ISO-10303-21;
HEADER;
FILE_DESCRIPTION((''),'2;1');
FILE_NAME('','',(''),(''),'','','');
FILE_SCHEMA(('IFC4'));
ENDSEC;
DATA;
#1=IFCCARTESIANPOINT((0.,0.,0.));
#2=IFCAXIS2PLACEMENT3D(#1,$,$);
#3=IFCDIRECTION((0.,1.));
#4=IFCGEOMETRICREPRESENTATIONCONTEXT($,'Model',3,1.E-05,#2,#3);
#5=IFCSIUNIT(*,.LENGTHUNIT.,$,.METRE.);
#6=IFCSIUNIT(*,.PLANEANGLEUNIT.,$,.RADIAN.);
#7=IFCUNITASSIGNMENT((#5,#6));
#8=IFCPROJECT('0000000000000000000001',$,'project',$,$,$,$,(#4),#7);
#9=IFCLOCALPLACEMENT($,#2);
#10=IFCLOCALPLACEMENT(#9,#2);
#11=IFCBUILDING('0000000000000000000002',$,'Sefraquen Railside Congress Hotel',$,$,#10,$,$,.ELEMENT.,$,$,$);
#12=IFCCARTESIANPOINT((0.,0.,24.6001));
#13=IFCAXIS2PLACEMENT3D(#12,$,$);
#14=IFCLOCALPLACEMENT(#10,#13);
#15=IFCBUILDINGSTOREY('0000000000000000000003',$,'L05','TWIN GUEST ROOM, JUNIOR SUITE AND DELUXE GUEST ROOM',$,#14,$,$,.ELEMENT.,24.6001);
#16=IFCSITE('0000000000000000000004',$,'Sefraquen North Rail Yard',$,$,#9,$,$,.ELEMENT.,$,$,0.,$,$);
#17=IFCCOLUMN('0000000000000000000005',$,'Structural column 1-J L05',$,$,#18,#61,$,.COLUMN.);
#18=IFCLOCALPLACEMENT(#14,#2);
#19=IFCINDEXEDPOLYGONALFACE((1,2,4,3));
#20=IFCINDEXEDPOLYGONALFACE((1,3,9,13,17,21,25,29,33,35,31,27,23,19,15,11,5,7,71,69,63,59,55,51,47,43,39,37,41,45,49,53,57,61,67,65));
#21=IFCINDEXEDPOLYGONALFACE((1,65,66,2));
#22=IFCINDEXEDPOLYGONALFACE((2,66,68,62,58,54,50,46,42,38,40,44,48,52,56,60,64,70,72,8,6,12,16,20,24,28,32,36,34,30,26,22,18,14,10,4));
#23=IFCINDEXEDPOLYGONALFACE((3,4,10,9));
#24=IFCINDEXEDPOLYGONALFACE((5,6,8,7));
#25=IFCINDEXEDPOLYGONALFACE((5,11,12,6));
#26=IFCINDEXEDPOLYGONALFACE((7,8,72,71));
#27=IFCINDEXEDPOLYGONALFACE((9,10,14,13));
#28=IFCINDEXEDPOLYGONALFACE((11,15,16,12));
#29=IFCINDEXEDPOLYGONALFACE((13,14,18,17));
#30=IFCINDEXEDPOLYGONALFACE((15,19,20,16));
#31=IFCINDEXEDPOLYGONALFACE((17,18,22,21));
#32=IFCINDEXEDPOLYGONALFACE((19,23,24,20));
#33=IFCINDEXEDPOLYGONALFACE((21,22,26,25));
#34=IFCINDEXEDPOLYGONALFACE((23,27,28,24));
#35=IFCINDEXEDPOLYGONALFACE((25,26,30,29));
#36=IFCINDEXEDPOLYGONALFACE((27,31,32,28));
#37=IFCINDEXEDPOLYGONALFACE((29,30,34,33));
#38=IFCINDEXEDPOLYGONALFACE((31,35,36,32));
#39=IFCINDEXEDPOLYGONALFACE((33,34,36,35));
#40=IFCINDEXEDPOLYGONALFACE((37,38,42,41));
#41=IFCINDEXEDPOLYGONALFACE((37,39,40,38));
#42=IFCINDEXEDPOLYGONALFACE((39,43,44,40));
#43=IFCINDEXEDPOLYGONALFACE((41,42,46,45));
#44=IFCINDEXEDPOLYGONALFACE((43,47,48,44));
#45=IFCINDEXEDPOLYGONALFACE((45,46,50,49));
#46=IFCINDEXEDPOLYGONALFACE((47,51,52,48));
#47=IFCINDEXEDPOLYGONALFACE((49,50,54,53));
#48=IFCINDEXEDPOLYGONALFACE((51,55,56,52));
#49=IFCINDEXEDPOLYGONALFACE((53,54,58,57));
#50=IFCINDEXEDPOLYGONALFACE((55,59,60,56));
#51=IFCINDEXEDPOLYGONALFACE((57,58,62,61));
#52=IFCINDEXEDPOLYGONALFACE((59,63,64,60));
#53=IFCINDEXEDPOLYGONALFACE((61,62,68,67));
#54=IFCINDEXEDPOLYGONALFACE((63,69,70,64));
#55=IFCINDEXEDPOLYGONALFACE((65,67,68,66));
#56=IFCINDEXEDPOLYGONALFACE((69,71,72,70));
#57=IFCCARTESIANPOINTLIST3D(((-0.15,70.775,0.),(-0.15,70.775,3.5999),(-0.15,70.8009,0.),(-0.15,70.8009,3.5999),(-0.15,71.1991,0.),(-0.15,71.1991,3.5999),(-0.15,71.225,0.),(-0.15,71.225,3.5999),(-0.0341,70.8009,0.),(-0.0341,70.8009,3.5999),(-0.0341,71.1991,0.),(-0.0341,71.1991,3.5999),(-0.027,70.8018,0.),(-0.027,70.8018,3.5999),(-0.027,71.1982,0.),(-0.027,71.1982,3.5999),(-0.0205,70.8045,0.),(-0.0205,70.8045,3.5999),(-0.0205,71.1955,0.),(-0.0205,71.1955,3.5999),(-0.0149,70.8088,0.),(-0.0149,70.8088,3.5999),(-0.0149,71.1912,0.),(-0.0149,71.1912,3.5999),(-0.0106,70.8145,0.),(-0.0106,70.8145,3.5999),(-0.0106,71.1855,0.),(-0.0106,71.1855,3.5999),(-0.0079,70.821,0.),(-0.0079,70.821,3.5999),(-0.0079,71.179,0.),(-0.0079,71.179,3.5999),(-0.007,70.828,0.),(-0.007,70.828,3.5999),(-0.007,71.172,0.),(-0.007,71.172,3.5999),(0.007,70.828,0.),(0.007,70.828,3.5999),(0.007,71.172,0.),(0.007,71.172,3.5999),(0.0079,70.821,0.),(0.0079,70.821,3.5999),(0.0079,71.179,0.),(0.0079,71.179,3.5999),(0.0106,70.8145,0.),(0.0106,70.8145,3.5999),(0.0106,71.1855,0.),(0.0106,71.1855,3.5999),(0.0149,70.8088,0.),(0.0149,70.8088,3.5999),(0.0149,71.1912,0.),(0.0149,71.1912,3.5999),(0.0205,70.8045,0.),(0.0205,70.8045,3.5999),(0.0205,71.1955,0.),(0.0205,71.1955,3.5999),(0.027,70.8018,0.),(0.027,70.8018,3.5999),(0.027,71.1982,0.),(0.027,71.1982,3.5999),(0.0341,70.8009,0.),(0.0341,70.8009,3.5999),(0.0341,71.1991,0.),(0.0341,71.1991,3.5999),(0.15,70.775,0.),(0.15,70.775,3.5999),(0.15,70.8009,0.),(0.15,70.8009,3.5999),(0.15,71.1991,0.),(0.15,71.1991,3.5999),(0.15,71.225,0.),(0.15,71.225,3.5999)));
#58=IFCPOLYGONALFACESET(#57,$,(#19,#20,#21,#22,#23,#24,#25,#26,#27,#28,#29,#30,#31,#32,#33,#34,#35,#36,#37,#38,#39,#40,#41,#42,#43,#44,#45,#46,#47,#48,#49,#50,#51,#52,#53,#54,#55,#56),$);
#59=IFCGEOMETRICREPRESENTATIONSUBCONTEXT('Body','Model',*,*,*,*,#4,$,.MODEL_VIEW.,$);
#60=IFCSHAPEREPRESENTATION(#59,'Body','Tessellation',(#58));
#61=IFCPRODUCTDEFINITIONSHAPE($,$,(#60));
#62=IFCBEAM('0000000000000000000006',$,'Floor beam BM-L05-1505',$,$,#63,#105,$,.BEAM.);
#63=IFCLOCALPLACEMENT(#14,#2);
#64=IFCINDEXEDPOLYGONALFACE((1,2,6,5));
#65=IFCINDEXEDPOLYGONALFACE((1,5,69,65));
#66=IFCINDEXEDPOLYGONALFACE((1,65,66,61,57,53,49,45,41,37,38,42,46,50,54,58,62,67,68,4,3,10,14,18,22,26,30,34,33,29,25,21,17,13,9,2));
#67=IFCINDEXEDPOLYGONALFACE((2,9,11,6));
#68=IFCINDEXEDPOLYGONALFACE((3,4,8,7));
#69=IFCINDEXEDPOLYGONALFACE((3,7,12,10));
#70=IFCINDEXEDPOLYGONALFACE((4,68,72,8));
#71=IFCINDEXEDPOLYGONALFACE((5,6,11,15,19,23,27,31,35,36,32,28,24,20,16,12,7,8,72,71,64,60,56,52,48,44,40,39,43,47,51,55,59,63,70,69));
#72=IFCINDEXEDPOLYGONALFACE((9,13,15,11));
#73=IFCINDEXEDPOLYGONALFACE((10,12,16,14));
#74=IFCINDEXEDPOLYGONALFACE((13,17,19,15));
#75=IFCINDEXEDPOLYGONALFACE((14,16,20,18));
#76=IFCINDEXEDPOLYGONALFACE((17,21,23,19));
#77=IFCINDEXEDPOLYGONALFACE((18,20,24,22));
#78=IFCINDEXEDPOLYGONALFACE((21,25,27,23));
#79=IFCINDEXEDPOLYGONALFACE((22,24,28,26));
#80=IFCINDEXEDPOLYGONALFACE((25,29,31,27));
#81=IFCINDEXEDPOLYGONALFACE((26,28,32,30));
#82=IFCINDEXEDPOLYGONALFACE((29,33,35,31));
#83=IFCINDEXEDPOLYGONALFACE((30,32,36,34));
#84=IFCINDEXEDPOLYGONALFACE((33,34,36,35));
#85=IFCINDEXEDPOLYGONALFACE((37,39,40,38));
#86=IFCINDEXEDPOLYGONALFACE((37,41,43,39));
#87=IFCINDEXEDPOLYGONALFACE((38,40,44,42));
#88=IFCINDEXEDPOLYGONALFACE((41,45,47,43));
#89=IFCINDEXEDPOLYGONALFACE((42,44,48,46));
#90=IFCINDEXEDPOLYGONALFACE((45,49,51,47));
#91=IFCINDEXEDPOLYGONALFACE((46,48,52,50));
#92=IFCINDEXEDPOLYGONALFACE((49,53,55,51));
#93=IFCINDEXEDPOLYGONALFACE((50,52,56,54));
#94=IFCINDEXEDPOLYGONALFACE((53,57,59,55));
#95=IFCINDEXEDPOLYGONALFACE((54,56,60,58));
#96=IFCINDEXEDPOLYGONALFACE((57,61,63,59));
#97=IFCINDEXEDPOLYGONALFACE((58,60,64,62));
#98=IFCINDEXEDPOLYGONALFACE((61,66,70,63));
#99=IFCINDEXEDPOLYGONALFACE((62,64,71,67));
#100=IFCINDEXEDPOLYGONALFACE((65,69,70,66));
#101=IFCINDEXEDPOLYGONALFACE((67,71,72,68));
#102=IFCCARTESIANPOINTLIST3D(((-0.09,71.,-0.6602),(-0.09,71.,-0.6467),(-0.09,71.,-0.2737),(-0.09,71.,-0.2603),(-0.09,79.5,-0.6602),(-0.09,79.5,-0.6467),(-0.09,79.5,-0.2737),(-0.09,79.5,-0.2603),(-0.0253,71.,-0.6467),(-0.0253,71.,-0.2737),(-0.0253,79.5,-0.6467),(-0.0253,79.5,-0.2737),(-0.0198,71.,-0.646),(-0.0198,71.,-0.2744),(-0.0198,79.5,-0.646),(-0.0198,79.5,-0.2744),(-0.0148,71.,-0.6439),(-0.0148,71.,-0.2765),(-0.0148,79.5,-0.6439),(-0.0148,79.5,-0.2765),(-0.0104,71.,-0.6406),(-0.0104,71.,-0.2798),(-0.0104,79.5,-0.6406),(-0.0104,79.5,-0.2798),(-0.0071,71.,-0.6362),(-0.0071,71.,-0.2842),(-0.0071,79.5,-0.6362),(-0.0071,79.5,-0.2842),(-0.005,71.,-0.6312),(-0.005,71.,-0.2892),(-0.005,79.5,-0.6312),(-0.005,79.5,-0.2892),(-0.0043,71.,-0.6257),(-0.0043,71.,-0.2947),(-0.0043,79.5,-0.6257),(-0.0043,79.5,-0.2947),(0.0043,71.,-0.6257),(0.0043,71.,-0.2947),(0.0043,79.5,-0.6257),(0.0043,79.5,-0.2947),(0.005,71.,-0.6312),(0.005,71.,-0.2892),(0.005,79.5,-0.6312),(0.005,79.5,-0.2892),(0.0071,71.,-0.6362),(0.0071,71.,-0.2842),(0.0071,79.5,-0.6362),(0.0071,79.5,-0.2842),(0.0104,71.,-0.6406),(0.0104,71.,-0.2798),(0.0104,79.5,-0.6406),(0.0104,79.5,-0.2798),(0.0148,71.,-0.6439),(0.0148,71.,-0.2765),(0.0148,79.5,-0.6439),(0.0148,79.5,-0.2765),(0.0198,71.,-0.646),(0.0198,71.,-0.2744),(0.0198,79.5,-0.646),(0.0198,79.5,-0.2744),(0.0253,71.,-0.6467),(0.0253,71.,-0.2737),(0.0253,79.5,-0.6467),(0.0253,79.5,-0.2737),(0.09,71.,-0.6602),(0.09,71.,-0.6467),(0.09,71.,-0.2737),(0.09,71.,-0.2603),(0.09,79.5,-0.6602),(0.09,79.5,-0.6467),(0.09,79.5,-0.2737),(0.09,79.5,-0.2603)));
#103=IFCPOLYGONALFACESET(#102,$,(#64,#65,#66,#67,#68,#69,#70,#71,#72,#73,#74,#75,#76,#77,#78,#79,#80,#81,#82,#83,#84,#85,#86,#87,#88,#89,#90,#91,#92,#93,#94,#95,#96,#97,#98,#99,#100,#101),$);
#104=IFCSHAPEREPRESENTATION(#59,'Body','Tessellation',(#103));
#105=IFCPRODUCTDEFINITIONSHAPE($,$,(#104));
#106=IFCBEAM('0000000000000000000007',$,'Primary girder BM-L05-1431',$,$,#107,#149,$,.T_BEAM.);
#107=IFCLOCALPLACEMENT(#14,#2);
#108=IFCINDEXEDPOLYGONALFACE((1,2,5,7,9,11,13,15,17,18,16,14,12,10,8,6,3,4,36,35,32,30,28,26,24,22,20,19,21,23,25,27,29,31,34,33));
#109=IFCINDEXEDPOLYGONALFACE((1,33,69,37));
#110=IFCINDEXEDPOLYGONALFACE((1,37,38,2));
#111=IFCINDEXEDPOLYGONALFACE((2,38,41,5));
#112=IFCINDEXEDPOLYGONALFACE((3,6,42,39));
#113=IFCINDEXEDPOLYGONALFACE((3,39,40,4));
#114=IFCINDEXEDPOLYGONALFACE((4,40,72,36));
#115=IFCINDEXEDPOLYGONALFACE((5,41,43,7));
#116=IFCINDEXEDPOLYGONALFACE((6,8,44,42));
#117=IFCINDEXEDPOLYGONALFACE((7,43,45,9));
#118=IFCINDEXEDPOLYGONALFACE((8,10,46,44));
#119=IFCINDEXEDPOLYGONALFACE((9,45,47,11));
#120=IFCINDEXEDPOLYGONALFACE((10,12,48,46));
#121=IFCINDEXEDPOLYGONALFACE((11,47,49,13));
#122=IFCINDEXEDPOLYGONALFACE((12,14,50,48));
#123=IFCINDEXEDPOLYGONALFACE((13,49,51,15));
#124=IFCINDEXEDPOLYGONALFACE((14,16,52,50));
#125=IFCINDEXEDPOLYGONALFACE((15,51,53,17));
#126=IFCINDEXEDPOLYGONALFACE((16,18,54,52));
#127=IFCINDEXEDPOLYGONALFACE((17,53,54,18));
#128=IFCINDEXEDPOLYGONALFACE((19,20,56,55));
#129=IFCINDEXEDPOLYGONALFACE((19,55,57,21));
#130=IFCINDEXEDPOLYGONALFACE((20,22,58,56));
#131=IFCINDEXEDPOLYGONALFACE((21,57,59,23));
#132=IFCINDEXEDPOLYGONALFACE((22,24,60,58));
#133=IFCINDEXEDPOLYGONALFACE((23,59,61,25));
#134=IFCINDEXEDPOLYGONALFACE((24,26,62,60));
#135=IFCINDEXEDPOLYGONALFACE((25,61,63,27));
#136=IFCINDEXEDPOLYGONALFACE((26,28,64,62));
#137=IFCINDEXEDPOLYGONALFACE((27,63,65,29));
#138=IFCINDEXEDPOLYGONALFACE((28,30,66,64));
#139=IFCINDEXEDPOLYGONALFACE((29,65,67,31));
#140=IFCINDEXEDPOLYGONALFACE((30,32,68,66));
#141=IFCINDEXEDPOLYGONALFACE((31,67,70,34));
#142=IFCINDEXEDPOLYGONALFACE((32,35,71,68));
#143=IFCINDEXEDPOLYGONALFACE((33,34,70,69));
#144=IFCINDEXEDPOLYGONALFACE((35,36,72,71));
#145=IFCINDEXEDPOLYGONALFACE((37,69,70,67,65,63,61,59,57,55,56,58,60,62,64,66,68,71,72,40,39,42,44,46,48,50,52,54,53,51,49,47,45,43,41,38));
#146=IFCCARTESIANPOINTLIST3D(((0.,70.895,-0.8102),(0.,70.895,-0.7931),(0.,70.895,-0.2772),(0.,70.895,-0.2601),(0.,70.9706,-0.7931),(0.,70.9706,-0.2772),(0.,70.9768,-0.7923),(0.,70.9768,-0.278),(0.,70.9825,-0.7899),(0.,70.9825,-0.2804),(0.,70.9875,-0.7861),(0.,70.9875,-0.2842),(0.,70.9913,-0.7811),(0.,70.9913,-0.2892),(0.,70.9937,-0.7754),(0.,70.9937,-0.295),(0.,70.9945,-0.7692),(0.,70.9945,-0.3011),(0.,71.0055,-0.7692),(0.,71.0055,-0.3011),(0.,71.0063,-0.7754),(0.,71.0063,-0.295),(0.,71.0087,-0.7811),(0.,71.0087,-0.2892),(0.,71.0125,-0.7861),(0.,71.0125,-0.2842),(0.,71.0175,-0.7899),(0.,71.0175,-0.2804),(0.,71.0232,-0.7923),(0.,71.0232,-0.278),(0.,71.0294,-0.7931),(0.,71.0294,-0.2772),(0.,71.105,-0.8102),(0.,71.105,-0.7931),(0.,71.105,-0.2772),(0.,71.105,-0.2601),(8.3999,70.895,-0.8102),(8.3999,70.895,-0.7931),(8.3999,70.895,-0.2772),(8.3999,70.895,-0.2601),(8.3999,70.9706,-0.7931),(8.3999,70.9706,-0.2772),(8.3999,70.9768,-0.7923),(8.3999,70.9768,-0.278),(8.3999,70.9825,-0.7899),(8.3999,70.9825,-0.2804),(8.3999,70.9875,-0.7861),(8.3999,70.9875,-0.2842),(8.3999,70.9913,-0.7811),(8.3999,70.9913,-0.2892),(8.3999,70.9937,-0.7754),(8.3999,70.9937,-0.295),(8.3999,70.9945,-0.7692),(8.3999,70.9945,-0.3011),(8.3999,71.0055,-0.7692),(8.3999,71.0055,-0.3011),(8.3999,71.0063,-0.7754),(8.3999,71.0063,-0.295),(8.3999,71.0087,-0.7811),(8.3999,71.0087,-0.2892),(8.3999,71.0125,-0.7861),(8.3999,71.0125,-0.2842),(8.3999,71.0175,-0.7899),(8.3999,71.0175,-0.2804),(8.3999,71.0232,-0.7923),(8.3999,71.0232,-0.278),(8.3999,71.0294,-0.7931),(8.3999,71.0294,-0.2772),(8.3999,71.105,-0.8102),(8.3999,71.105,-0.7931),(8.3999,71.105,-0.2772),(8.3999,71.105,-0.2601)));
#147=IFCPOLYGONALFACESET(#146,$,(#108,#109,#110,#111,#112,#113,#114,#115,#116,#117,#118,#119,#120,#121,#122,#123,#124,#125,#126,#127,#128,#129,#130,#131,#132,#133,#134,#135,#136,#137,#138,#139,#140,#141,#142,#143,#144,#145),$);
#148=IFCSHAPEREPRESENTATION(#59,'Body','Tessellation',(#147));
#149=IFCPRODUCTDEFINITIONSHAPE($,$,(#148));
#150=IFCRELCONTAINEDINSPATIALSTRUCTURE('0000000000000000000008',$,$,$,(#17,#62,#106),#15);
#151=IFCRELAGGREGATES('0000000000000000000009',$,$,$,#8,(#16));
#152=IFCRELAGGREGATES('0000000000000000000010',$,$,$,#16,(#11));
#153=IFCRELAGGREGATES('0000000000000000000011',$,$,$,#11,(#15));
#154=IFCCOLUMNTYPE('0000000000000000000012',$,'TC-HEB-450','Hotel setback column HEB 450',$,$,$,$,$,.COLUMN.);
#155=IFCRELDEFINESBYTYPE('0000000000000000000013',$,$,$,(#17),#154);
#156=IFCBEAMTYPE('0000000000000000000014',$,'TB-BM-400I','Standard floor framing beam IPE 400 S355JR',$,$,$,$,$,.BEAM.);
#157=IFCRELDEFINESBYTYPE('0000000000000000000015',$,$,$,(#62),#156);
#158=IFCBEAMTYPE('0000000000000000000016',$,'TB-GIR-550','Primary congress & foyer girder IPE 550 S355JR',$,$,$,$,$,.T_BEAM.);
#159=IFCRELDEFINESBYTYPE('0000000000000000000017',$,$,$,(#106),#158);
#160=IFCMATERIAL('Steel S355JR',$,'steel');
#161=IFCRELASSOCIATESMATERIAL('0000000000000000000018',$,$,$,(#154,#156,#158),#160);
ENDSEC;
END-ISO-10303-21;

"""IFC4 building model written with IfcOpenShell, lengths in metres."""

from ifc_helpers import new_model, si_unit, direction, frame, origin, origin_2d, place, context, subcontext, project, spatial, i_section, extrude, material, material_profile, profile_set, type_object, element, save


model = new_model("IFC4")

# Units and contexts
model_context = context("Model", 3, precision=1e-05, world=origin(), true_north=direction((0.0, 1.0)))
body_context = subcontext(model_context, "Body", "Model", "MODEL_VIEW")
ifc_project = project(units=[si_unit("LENGTHUNIT", "METRE"), si_unit("PLANEANGLEUNIT", "RADIAN")], contexts=[model_context])

# Site, building, storey
site_placement = place(None, origin())
site = spatial("IfcSite", under=ifc_project, at=site_placement, Name="Sefraquen North Rail Yard", CompositionType="ELEMENT", RefElevation=0.0)
building_placement = place(site_placement, origin())
building = spatial("IfcBuilding", under=site, at=building_placement, Name="Sefraquen Railside Congress Hotel", CompositionType="ELEMENT")
storey_placement = place(building_placement, frame((0.0, 0.0, 24.6001)))
storey = spatial("IfcBuildingStorey", under=building, at=storey_placement, Name="L05", Description="TWIN GUEST ROOM, JUNIOR SUITE AND DELUXE GUEST ROOM", CompositionType="ELEMENT", Elevation=24.6001)

# Column
ifc_material_1 = material(Name="Steel S355JR", Category="steel")
ifc_material_profile_1 = material_profile(ifc_material_1, i_section(OverallWidth=0.3, OverallDepth=0.45, WebThickness=0.0139, FlangeThickness=0.0259, FilletRadius=0.0271, at=origin_2d()), Name="HEB 450")
ifc_profile_set_1 = profile_set([ifc_material_profile_1], Name="Steel S355JR")
column_type = type_object("IfcColumnType", Name="TC-HEB-450", Description="Hotel setback column HEB 450", PredefinedType="COLUMN", material=ifc_profile_set_1)
column_placement = place(storey_placement, frame((0.0, 71.0, 0.0), z_axis=(0.0, 0.0, 1.0), x_axis=(1.0, 0.0, 0.0)))
element("IfcColumn", 1, at=column_placement, inside=storey, type_object=column_type, Name="Structural column 1-J L05", PredefinedType="COLUMN", context=body_context, shape_type="SweptSolid", body=[
    extrude(i_section(OverallWidth=0.3, OverallDepth=0.45, WebThickness=0.0139, FlangeThickness=0.0259, FilletRadius=0.0271, at=origin_2d()), origin(), (0.0, 0.0, 1.0), 3.5999),
])

# Beams
ifc_material_profile_2 = material_profile(ifc_material_1, i_section(OverallWidth=0.1799, OverallDepth=0.3999, WebThickness=0.0085, FlangeThickness=0.0134, FilletRadius=0.021, at=origin_2d()), Name="IPE 400")
ifc_profile_set_2 = profile_set([ifc_material_profile_2], Name="Steel S355JR")
beam_type_1 = type_object("IfcBeamType", Name="TB-BM-400I", Description="Standard floor framing beam IPE 400 S355JR", PredefinedType="BEAM", material=ifc_profile_set_2)
beam_1_placement = place(storey_placement, frame((0.0, 71.0, -0.4602), z_axis=(0.0, 1.0, 0.0), x_axis=(-1.0, 0.0, 0.0)))
element("IfcBeam", 2, at=beam_1_placement, inside=storey, type_object=beam_type_1, Name="Floor beam BM-L05-1505", PredefinedType="BEAM", context=body_context, shape_type="SweptSolid", body=[
    extrude(i_section(OverallWidth=0.1799, OverallDepth=0.3999, WebThickness=0.0085, FlangeThickness=0.0134, FilletRadius=0.021, at=origin_2d()), origin(), (0.0, 0.0, 1.0), 8.5),
])
ifc_material_profile_3 = material_profile(ifc_material_1, i_section(OverallWidth=0.21, OverallDepth=0.55, WebThickness=0.011, FlangeThickness=0.0171, FilletRadius=0.0239, at=origin_2d()), Name="IPE 550")
ifc_profile_set_3 = profile_set([ifc_material_profile_3], Name="Steel S355JR")
beam_type_2 = type_object("IfcBeamType", Name="TB-GIR-550", Description="Primary congress & foyer girder IPE 550 S355JR", PredefinedType="T_BEAM", material=ifc_profile_set_3)
beam_2_placement = place(storey_placement, frame((0.0, 71.0, -0.5352), z_axis=(1.0, 0.0, 0.0), x_axis=(0.0, 1.0, 0.0)))
element("IfcBeam", 3, at=beam_2_placement, inside=storey, type_object=beam_type_2, Name="Primary girder BM-L05-1431", PredefinedType="T_BEAM", context=body_context, shape_type="SweptSolid", body=[
    extrude(i_section(OverallWidth=0.21, OverallDepth=0.55, WebThickness=0.011, FlangeThickness=0.0171, FilletRadius=0.0239, at=origin_2d()), origin(), (0.0, 0.0, 1.0), 8.3999),
])

save(model, "model.ifc")
